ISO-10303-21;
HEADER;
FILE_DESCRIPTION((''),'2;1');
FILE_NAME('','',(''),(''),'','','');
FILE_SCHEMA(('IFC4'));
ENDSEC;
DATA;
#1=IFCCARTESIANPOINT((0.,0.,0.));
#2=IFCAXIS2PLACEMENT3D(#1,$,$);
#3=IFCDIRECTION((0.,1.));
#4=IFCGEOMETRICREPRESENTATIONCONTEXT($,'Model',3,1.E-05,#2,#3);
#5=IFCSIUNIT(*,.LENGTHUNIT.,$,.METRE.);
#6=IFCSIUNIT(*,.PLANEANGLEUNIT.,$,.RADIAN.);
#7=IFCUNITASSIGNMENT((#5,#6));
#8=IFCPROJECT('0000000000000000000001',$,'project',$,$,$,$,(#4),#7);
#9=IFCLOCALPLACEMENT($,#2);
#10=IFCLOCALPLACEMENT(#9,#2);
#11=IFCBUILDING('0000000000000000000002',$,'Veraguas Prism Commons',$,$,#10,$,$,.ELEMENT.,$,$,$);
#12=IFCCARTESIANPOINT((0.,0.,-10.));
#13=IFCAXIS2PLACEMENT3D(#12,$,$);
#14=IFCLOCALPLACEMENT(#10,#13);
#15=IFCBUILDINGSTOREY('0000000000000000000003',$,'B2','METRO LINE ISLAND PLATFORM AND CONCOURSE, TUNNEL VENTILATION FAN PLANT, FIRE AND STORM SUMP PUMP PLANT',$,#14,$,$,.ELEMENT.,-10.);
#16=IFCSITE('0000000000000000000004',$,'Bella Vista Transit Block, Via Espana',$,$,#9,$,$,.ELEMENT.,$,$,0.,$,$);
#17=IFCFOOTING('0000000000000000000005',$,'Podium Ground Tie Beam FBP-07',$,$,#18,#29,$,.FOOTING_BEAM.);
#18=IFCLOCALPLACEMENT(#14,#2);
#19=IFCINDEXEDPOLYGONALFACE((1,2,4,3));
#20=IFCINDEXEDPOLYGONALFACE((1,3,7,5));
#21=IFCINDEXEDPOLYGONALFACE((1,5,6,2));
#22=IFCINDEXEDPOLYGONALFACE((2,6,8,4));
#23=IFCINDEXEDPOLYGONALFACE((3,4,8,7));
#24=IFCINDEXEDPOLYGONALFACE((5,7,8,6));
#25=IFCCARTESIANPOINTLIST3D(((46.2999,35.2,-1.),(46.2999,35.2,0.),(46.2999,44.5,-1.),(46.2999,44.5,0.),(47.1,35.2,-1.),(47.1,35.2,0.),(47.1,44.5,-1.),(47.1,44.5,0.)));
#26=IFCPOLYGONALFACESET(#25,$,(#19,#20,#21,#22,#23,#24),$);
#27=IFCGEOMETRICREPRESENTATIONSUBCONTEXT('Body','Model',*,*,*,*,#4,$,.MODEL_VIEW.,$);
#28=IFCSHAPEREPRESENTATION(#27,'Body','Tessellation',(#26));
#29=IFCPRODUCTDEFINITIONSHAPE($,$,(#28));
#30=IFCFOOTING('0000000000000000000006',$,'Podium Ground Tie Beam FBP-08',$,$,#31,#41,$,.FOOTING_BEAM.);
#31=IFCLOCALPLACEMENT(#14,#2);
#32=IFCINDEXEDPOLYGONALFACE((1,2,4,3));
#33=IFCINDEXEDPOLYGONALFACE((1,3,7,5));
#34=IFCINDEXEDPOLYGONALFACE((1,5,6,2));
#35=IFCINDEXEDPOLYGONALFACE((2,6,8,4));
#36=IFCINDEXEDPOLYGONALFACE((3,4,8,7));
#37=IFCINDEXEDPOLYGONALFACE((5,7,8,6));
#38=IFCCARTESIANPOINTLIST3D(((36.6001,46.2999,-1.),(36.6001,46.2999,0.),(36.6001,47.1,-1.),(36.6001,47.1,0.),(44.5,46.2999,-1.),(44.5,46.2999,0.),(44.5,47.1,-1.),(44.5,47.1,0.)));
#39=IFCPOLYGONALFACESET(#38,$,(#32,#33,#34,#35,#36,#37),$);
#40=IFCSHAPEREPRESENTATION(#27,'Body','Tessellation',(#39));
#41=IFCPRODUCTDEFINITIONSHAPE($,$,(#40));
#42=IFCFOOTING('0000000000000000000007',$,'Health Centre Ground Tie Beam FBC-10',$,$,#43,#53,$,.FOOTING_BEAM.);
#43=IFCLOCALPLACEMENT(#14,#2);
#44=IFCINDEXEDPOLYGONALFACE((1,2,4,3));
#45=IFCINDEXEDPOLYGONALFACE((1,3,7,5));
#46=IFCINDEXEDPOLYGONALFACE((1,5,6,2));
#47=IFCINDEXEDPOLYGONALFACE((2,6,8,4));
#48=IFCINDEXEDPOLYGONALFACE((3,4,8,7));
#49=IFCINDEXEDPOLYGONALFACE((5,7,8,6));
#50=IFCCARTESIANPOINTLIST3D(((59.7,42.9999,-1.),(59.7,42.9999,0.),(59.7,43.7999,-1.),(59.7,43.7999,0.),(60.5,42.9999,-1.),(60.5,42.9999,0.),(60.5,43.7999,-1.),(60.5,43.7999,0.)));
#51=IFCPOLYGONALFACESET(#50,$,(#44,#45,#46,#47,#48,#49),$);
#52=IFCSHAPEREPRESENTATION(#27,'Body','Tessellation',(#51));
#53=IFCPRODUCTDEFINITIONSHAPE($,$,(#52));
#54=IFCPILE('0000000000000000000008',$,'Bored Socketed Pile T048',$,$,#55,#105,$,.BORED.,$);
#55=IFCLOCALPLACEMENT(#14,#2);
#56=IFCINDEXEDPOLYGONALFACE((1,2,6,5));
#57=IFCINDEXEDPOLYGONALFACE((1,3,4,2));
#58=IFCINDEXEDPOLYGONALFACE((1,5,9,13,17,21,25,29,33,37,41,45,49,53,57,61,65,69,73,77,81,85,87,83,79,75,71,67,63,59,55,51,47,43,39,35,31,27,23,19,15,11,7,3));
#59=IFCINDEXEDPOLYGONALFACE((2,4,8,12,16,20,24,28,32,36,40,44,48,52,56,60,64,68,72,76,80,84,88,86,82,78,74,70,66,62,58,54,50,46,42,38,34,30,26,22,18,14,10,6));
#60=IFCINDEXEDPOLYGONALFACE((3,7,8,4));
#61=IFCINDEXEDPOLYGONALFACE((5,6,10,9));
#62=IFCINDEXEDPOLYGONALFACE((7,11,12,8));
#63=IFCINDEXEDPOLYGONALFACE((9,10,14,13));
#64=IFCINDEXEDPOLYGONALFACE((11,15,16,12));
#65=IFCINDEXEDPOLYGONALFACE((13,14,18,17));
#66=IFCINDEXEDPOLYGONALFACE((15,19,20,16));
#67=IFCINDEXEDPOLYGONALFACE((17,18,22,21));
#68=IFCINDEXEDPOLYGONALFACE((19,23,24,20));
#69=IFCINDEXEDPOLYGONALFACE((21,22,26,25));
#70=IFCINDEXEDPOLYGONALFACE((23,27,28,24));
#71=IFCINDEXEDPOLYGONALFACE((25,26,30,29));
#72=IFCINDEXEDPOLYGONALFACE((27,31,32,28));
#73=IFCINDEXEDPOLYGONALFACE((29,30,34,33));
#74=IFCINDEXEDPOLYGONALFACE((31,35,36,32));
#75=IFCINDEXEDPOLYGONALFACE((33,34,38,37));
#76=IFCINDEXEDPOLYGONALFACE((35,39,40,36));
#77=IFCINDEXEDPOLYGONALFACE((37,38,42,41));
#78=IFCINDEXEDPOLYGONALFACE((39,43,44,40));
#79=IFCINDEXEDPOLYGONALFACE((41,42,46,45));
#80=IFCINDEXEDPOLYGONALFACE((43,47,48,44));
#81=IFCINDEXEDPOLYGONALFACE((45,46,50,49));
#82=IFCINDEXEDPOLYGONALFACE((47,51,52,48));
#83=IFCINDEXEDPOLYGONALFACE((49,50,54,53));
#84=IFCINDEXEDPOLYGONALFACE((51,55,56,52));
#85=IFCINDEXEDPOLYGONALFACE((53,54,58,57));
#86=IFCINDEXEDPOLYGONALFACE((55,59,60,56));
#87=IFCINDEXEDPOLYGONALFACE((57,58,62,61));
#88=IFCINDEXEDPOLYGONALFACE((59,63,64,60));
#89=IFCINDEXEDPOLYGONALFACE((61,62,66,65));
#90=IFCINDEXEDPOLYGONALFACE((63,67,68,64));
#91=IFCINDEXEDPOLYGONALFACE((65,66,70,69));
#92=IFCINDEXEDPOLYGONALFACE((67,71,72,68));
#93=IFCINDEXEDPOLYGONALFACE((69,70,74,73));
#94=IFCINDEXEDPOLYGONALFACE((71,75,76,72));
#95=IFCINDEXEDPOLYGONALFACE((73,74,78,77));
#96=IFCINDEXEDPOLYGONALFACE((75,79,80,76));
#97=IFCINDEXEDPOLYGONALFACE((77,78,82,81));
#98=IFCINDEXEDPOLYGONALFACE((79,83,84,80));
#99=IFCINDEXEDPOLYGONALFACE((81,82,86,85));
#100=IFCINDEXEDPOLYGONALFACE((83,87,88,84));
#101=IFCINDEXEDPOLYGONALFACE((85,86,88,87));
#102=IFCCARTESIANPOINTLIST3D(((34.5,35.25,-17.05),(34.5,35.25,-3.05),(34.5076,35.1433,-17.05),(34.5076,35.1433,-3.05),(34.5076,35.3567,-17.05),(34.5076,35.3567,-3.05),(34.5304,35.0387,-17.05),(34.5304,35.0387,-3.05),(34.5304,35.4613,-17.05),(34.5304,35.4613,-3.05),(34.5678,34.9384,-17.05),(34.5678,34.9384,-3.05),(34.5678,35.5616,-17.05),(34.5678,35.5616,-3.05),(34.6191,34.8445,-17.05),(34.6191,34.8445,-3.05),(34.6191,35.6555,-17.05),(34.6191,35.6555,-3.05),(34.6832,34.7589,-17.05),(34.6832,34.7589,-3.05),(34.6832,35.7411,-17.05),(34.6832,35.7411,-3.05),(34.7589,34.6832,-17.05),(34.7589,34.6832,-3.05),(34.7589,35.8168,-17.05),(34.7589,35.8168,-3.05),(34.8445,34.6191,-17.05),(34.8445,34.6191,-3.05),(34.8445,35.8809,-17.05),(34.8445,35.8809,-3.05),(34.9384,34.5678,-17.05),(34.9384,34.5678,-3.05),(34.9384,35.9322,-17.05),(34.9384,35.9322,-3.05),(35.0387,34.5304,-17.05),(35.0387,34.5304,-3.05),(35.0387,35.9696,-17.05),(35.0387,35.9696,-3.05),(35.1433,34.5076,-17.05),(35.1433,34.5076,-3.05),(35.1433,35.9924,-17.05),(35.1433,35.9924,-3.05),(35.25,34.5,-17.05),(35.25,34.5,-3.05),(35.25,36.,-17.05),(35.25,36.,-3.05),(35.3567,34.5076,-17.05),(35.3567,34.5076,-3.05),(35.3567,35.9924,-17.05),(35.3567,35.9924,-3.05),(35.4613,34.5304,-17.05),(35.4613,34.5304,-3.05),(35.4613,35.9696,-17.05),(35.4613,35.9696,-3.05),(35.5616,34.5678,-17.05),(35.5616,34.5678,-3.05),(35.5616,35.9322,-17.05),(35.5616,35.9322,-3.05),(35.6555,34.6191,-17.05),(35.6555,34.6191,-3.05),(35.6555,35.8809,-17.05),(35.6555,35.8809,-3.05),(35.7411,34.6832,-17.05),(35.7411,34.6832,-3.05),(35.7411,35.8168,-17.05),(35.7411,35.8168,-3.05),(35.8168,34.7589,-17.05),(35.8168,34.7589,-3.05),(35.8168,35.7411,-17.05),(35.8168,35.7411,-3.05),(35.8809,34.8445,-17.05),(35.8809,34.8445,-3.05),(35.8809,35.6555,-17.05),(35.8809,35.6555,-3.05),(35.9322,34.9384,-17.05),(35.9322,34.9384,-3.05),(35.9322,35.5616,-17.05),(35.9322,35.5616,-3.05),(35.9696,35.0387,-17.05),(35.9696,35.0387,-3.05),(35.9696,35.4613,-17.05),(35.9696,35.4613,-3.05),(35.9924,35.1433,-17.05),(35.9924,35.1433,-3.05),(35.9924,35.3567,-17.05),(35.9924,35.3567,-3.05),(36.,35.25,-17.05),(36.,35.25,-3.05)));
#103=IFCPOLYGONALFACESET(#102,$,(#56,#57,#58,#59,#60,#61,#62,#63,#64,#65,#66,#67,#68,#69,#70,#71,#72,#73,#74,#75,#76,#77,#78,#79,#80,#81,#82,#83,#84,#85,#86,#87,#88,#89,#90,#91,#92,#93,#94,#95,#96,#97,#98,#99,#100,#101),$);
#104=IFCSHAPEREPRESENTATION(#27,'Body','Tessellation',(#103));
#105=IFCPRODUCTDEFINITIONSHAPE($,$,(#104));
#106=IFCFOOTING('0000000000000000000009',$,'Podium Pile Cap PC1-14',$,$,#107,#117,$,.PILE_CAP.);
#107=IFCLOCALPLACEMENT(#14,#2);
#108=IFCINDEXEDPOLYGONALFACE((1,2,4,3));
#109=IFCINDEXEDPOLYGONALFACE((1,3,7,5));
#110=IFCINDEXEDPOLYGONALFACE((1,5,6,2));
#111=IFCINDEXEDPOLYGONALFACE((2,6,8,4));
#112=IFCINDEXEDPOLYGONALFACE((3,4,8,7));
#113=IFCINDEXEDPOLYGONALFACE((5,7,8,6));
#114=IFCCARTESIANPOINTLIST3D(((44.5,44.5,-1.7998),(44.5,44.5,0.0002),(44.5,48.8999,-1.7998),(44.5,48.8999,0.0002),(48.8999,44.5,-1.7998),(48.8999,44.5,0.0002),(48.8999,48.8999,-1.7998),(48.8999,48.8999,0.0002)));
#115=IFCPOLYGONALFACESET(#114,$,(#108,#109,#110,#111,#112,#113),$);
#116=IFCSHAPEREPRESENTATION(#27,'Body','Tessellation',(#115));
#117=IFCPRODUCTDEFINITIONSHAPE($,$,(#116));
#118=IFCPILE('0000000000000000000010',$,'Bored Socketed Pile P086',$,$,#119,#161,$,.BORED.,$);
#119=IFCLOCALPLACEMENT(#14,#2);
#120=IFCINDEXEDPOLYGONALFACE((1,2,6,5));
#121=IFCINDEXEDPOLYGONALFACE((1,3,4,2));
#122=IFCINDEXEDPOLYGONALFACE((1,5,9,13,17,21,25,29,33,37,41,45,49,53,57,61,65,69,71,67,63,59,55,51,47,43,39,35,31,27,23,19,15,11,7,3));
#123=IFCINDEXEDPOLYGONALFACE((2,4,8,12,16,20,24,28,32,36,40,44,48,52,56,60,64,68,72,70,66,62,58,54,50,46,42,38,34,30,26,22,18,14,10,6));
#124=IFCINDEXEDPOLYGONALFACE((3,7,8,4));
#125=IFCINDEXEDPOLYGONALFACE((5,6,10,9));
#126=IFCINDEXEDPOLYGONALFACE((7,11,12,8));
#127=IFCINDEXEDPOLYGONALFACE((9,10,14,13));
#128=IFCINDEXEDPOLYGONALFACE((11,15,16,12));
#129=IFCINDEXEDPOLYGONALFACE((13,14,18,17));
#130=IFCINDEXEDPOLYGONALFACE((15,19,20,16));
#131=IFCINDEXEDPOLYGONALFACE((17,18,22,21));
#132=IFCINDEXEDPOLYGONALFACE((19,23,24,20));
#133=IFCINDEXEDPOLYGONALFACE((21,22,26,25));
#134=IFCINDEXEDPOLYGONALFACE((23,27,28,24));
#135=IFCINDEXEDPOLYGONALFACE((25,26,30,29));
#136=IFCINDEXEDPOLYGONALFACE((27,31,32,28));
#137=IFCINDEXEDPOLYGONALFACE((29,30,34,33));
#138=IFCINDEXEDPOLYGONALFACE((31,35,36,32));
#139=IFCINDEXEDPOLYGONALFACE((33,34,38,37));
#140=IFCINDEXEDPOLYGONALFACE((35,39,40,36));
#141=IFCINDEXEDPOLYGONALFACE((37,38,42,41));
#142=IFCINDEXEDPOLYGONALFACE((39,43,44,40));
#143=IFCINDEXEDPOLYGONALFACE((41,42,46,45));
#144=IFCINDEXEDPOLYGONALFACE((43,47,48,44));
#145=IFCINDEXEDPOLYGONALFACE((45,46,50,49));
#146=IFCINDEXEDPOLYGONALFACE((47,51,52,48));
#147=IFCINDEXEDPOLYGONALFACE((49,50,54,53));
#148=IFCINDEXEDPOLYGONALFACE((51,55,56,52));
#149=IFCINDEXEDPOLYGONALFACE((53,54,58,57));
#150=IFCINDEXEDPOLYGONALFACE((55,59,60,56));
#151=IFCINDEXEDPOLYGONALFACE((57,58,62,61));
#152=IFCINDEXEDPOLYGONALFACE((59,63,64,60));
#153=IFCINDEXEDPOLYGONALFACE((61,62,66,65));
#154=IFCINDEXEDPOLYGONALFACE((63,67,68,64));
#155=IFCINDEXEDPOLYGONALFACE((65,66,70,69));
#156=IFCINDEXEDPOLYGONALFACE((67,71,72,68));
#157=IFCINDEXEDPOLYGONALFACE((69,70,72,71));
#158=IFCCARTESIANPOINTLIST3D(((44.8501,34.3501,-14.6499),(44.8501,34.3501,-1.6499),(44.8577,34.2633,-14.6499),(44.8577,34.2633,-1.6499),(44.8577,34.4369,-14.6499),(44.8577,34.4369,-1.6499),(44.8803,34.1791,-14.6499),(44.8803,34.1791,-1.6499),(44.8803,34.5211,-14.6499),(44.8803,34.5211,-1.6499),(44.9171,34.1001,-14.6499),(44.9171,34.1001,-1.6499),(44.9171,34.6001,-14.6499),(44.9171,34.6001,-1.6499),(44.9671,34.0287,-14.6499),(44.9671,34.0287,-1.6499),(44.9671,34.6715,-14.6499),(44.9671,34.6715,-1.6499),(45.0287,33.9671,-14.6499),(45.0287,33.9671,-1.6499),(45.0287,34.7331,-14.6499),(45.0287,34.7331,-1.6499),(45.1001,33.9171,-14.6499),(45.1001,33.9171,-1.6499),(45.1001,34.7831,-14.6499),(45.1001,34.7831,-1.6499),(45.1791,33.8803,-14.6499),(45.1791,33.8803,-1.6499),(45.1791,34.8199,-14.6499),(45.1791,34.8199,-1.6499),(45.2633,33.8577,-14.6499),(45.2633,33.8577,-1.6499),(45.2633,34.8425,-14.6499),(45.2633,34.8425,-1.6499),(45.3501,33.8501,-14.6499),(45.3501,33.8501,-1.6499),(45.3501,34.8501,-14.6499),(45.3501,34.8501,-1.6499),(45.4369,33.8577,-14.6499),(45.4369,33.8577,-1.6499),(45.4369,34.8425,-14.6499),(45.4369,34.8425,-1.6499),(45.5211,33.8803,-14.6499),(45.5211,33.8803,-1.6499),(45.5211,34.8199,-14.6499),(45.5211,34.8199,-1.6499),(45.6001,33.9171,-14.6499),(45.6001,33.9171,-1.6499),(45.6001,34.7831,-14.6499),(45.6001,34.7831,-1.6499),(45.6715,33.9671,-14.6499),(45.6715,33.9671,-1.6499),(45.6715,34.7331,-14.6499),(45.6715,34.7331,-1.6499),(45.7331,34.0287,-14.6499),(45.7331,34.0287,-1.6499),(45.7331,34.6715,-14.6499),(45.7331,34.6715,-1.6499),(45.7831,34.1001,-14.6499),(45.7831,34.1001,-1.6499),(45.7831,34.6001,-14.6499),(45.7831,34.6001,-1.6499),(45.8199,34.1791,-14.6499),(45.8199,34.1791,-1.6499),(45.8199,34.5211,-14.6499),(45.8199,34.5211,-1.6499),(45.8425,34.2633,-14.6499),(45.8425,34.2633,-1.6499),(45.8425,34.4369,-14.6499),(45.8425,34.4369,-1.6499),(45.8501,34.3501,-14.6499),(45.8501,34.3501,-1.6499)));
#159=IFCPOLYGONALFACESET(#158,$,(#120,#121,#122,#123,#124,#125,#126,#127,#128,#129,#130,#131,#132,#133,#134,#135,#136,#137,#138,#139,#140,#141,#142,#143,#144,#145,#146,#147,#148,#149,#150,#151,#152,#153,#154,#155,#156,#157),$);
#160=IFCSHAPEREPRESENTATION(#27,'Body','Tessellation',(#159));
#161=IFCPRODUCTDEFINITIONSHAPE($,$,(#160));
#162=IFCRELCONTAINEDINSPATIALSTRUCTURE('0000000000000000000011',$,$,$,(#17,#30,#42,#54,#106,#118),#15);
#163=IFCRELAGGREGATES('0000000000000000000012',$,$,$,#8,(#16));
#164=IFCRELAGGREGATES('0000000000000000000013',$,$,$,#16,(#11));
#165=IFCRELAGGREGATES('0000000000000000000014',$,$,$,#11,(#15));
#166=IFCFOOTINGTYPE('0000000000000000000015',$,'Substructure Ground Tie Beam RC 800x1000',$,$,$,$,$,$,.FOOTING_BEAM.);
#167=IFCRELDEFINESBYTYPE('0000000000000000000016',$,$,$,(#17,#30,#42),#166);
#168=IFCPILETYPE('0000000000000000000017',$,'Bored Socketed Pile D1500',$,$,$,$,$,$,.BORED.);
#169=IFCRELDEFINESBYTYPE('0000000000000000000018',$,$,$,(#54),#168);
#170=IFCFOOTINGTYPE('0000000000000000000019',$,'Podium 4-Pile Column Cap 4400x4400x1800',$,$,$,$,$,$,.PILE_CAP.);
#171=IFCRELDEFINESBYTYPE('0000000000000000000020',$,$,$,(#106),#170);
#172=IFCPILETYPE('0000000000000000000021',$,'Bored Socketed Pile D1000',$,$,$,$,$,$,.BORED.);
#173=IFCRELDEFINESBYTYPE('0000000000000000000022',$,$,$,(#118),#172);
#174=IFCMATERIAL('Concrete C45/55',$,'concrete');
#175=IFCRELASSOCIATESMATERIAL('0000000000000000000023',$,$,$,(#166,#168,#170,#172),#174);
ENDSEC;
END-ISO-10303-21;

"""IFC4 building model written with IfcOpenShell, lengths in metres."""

from ifc_helpers import new_model, si_unit, direction, frame, origin, origin_2d, place, context, subcontext, project, spatial, rectangle, circle, extrude, source, transform, mapped, material, material_profile, profile_set, type_object, element, save


model = new_model("IFC4")

# Units and contexts
model_context = context("Model", 3, precision=1e-05, world=origin(), true_north=direction((0.0, 1.0)))
body_context = subcontext(model_context, "Body", "Model", "MODEL_VIEW")
ifc_project = project(units=[si_unit("LENGTHUNIT", "METRE"), si_unit("PLANEANGLEUNIT", "RADIAN")], contexts=[model_context])

# Site, building, storey
site_placement = place(None, origin())
site = spatial("IfcSite", under=ifc_project, at=site_placement, Name="Bella Vista Transit Block, Via Espana", CompositionType="ELEMENT", RefElevation=0.0)
building_placement = place(site_placement, origin())
building = spatial("IfcBuilding", under=site, at=building_placement, Name="Veraguas Prism Commons", CompositionType="ELEMENT")
storey_placement = place(building_placement, frame((0.0, 0.0, -10.0)))
storey = spatial("IfcBuildingStorey", under=building, at=storey_placement, Name="B2", Description="METRO LINE ISLAND PLATFORM AND CONCOURSE, TUNNEL VENTILATION FAN PLANT, FIRE AND STORM SUMP PUMP PLANT", CompositionType="ELEMENT", Elevation=-10.0)

# Footings
ifc_material_1 = material(Name="Concrete C45/55", Category="concrete")
ifc_material_profile_1 = material_profile(ifc_material_1, rectangle(XDim=0.8, YDim=1.0, at=origin_2d()), Name="RC800X1000")
ifc_profile_set_1 = profile_set([ifc_material_profile_1], Name="Concrete C45/55")
footing_type_1 = type_object("IfcFootingType", Name="Substructure Ground Tie Beam RC 800x1000", PredefinedType="FOOTING_BEAM", material=ifc_profile_set_1)
footing_1_placement = place(storey_placement, frame((46.7, 35.2, -0.5), z_axis=(0.0, 1.0, 0.0), x_axis=(-1.0, 0.0, 0.0)))
element("IfcFooting", 1, at=footing_1_placement, inside=storey, type_object=footing_type_1, Name="Podium Ground Tie Beam FBP-07", PredefinedType="FOOTING_BEAM", context=body_context, shape_type="SweptSolid", body=[
    extrude(rectangle(XDim=0.8, YDim=1.0, at=origin_2d()), origin(), (0.0, 0.0, 1.0), 9.3),
])
footing_2_placement = place(storey_placement, frame((44.5, 46.7, -0.5), z_axis=(-1.0, 0.0, 0.0), x_axis=(0.0, -1.0, 0.0)))
element("IfcFooting", 2, at=footing_2_placement, inside=storey, type_object=footing_type_1, Name="Podium Ground Tie Beam FBP-08", PredefinedType="FOOTING_BEAM", context=body_context, shape_type="SweptSolid", body=[
    extrude(rectangle(XDim=0.8, YDim=1.0, at=origin_2d()), origin(), (0.0, 0.0, 1.0), 7.8999),
])
footing_3_placement = place(storey_placement, frame((59.7, 43.3999, -0.5), z_axis=(1.0, 0.0, 0.0), x_axis=(0.0, 1.0, 0.0)))
element("IfcFooting", 3, at=footing_3_placement, inside=storey, type_object=footing_type_1, Name="Health Centre Ground Tie Beam FBC-10", PredefinedType="FOOTING_BEAM", context=body_context, shape_type="SweptSolid", body=[
    extrude(rectangle(XDim=0.8, YDim=1.0, at=origin_2d()), origin(), (0.0, 0.0, 1.0), 0.8),
])

# Pile
ifc_material_profile_2 = material_profile(ifc_material_1, circle(Radius=0.75, at=origin_2d()), Name="PILE1500")
ifc_profile_set_2 = profile_set([ifc_material_profile_2], Name="Concrete C45/55")
pile_type_1 = type_object("IfcPileType", Name="Bored Socketed Pile D1500", PredefinedType="BORED", material=ifc_profile_set_2)
shared_shape_1 = source(origin(), body_context, "Body", "SweptSolid", [
    extrude(circle(Radius=0.75, at=origin_2d()), origin(), (0.0, 0.0, 1.0), 14.0),
])
pile_placement = place(storey_placement, frame((35.25, 35.25, -3.05), z_axis=(0.0, 0.0, -1.0), x_axis=(1.0, 0.0, 0.0)))
element("IfcPile", 4, at=pile_placement, inside=storey, type_object=pile_type_1, Name="Bored Socketed Pile T048", PredefinedType="BORED", context=body_context, shape_type="MappedRepresentation", body=[
    mapped(shared_shape_1, transform((0.0, 0.0, 0.0), scale=1.0)),
])

# Footing
footing_type_2 = type_object("IfcFootingType", Name="Podium 4-Pile Column Cap 4400x4400x1800", PredefinedType="PILE_CAP", material=ifc_material_1)
shared_shape_2 = source(origin(), body_context, "Body", "SweptSolid", [
    extrude(rectangle(XDim=4.3999, YDim=4.3999, at=origin_2d()), origin(), (0.0, 0.0, 1.0), 1.8),
])
footing_4_placement = place(storey_placement, frame((46.7, 46.7, -1.7998), z_axis=(0.0, 0.0, 1.0), x_axis=(1.0, 0.0, 0.0)))
element("IfcFooting", 5, at=footing_4_placement, inside=storey, type_object=footing_type_2, Name="Podium Pile Cap PC1-14", PredefinedType="PILE_CAP", context=body_context, shape_type="MappedRepresentation", body=[
    mapped(shared_shape_2, transform((0.0, 0.0, 0.0), scale=1.0)),
])

# Pile
ifc_material_profile_3 = material_profile(ifc_material_1, circle(Radius=0.5, at=origin_2d()), Name="PILE1000")
ifc_profile_set_3 = profile_set([ifc_material_profile_3], Name="Concrete C45/55")
pile_type_2 = type_object("IfcPileType", Name="Bored Socketed Pile D1000", PredefinedType="BORED", material=ifc_profile_set_3)
shared_shape_3 = source(origin(), body_context, "Body", "SweptSolid", [
    extrude(circle(Radius=0.5, at=origin_2d()), origin(), (0.0, 0.0, 1.0), 13.0),
])
for number, where, z_axis, x_axis, name in (
    (6, (45.3501, 34.3501, -1.6499), (0.0, 0.0, -1.0), (1.0, 0.0, 0.0), "Bored Socketed Pile P086"),
):
    element("IfcPile", number, at=place(storey_placement, frame(where, z_axis=z_axis, x_axis=x_axis)), inside=storey, type_object=pile_type_2, Name=name, PredefinedType="BORED", context=body_context, shape_type="MappedRepresentation", body=[
        mapped(shared_shape_3, transform((0.0, 0.0, 0.0), scale=1.0)),
    ])

save(model, "model.ifc")
